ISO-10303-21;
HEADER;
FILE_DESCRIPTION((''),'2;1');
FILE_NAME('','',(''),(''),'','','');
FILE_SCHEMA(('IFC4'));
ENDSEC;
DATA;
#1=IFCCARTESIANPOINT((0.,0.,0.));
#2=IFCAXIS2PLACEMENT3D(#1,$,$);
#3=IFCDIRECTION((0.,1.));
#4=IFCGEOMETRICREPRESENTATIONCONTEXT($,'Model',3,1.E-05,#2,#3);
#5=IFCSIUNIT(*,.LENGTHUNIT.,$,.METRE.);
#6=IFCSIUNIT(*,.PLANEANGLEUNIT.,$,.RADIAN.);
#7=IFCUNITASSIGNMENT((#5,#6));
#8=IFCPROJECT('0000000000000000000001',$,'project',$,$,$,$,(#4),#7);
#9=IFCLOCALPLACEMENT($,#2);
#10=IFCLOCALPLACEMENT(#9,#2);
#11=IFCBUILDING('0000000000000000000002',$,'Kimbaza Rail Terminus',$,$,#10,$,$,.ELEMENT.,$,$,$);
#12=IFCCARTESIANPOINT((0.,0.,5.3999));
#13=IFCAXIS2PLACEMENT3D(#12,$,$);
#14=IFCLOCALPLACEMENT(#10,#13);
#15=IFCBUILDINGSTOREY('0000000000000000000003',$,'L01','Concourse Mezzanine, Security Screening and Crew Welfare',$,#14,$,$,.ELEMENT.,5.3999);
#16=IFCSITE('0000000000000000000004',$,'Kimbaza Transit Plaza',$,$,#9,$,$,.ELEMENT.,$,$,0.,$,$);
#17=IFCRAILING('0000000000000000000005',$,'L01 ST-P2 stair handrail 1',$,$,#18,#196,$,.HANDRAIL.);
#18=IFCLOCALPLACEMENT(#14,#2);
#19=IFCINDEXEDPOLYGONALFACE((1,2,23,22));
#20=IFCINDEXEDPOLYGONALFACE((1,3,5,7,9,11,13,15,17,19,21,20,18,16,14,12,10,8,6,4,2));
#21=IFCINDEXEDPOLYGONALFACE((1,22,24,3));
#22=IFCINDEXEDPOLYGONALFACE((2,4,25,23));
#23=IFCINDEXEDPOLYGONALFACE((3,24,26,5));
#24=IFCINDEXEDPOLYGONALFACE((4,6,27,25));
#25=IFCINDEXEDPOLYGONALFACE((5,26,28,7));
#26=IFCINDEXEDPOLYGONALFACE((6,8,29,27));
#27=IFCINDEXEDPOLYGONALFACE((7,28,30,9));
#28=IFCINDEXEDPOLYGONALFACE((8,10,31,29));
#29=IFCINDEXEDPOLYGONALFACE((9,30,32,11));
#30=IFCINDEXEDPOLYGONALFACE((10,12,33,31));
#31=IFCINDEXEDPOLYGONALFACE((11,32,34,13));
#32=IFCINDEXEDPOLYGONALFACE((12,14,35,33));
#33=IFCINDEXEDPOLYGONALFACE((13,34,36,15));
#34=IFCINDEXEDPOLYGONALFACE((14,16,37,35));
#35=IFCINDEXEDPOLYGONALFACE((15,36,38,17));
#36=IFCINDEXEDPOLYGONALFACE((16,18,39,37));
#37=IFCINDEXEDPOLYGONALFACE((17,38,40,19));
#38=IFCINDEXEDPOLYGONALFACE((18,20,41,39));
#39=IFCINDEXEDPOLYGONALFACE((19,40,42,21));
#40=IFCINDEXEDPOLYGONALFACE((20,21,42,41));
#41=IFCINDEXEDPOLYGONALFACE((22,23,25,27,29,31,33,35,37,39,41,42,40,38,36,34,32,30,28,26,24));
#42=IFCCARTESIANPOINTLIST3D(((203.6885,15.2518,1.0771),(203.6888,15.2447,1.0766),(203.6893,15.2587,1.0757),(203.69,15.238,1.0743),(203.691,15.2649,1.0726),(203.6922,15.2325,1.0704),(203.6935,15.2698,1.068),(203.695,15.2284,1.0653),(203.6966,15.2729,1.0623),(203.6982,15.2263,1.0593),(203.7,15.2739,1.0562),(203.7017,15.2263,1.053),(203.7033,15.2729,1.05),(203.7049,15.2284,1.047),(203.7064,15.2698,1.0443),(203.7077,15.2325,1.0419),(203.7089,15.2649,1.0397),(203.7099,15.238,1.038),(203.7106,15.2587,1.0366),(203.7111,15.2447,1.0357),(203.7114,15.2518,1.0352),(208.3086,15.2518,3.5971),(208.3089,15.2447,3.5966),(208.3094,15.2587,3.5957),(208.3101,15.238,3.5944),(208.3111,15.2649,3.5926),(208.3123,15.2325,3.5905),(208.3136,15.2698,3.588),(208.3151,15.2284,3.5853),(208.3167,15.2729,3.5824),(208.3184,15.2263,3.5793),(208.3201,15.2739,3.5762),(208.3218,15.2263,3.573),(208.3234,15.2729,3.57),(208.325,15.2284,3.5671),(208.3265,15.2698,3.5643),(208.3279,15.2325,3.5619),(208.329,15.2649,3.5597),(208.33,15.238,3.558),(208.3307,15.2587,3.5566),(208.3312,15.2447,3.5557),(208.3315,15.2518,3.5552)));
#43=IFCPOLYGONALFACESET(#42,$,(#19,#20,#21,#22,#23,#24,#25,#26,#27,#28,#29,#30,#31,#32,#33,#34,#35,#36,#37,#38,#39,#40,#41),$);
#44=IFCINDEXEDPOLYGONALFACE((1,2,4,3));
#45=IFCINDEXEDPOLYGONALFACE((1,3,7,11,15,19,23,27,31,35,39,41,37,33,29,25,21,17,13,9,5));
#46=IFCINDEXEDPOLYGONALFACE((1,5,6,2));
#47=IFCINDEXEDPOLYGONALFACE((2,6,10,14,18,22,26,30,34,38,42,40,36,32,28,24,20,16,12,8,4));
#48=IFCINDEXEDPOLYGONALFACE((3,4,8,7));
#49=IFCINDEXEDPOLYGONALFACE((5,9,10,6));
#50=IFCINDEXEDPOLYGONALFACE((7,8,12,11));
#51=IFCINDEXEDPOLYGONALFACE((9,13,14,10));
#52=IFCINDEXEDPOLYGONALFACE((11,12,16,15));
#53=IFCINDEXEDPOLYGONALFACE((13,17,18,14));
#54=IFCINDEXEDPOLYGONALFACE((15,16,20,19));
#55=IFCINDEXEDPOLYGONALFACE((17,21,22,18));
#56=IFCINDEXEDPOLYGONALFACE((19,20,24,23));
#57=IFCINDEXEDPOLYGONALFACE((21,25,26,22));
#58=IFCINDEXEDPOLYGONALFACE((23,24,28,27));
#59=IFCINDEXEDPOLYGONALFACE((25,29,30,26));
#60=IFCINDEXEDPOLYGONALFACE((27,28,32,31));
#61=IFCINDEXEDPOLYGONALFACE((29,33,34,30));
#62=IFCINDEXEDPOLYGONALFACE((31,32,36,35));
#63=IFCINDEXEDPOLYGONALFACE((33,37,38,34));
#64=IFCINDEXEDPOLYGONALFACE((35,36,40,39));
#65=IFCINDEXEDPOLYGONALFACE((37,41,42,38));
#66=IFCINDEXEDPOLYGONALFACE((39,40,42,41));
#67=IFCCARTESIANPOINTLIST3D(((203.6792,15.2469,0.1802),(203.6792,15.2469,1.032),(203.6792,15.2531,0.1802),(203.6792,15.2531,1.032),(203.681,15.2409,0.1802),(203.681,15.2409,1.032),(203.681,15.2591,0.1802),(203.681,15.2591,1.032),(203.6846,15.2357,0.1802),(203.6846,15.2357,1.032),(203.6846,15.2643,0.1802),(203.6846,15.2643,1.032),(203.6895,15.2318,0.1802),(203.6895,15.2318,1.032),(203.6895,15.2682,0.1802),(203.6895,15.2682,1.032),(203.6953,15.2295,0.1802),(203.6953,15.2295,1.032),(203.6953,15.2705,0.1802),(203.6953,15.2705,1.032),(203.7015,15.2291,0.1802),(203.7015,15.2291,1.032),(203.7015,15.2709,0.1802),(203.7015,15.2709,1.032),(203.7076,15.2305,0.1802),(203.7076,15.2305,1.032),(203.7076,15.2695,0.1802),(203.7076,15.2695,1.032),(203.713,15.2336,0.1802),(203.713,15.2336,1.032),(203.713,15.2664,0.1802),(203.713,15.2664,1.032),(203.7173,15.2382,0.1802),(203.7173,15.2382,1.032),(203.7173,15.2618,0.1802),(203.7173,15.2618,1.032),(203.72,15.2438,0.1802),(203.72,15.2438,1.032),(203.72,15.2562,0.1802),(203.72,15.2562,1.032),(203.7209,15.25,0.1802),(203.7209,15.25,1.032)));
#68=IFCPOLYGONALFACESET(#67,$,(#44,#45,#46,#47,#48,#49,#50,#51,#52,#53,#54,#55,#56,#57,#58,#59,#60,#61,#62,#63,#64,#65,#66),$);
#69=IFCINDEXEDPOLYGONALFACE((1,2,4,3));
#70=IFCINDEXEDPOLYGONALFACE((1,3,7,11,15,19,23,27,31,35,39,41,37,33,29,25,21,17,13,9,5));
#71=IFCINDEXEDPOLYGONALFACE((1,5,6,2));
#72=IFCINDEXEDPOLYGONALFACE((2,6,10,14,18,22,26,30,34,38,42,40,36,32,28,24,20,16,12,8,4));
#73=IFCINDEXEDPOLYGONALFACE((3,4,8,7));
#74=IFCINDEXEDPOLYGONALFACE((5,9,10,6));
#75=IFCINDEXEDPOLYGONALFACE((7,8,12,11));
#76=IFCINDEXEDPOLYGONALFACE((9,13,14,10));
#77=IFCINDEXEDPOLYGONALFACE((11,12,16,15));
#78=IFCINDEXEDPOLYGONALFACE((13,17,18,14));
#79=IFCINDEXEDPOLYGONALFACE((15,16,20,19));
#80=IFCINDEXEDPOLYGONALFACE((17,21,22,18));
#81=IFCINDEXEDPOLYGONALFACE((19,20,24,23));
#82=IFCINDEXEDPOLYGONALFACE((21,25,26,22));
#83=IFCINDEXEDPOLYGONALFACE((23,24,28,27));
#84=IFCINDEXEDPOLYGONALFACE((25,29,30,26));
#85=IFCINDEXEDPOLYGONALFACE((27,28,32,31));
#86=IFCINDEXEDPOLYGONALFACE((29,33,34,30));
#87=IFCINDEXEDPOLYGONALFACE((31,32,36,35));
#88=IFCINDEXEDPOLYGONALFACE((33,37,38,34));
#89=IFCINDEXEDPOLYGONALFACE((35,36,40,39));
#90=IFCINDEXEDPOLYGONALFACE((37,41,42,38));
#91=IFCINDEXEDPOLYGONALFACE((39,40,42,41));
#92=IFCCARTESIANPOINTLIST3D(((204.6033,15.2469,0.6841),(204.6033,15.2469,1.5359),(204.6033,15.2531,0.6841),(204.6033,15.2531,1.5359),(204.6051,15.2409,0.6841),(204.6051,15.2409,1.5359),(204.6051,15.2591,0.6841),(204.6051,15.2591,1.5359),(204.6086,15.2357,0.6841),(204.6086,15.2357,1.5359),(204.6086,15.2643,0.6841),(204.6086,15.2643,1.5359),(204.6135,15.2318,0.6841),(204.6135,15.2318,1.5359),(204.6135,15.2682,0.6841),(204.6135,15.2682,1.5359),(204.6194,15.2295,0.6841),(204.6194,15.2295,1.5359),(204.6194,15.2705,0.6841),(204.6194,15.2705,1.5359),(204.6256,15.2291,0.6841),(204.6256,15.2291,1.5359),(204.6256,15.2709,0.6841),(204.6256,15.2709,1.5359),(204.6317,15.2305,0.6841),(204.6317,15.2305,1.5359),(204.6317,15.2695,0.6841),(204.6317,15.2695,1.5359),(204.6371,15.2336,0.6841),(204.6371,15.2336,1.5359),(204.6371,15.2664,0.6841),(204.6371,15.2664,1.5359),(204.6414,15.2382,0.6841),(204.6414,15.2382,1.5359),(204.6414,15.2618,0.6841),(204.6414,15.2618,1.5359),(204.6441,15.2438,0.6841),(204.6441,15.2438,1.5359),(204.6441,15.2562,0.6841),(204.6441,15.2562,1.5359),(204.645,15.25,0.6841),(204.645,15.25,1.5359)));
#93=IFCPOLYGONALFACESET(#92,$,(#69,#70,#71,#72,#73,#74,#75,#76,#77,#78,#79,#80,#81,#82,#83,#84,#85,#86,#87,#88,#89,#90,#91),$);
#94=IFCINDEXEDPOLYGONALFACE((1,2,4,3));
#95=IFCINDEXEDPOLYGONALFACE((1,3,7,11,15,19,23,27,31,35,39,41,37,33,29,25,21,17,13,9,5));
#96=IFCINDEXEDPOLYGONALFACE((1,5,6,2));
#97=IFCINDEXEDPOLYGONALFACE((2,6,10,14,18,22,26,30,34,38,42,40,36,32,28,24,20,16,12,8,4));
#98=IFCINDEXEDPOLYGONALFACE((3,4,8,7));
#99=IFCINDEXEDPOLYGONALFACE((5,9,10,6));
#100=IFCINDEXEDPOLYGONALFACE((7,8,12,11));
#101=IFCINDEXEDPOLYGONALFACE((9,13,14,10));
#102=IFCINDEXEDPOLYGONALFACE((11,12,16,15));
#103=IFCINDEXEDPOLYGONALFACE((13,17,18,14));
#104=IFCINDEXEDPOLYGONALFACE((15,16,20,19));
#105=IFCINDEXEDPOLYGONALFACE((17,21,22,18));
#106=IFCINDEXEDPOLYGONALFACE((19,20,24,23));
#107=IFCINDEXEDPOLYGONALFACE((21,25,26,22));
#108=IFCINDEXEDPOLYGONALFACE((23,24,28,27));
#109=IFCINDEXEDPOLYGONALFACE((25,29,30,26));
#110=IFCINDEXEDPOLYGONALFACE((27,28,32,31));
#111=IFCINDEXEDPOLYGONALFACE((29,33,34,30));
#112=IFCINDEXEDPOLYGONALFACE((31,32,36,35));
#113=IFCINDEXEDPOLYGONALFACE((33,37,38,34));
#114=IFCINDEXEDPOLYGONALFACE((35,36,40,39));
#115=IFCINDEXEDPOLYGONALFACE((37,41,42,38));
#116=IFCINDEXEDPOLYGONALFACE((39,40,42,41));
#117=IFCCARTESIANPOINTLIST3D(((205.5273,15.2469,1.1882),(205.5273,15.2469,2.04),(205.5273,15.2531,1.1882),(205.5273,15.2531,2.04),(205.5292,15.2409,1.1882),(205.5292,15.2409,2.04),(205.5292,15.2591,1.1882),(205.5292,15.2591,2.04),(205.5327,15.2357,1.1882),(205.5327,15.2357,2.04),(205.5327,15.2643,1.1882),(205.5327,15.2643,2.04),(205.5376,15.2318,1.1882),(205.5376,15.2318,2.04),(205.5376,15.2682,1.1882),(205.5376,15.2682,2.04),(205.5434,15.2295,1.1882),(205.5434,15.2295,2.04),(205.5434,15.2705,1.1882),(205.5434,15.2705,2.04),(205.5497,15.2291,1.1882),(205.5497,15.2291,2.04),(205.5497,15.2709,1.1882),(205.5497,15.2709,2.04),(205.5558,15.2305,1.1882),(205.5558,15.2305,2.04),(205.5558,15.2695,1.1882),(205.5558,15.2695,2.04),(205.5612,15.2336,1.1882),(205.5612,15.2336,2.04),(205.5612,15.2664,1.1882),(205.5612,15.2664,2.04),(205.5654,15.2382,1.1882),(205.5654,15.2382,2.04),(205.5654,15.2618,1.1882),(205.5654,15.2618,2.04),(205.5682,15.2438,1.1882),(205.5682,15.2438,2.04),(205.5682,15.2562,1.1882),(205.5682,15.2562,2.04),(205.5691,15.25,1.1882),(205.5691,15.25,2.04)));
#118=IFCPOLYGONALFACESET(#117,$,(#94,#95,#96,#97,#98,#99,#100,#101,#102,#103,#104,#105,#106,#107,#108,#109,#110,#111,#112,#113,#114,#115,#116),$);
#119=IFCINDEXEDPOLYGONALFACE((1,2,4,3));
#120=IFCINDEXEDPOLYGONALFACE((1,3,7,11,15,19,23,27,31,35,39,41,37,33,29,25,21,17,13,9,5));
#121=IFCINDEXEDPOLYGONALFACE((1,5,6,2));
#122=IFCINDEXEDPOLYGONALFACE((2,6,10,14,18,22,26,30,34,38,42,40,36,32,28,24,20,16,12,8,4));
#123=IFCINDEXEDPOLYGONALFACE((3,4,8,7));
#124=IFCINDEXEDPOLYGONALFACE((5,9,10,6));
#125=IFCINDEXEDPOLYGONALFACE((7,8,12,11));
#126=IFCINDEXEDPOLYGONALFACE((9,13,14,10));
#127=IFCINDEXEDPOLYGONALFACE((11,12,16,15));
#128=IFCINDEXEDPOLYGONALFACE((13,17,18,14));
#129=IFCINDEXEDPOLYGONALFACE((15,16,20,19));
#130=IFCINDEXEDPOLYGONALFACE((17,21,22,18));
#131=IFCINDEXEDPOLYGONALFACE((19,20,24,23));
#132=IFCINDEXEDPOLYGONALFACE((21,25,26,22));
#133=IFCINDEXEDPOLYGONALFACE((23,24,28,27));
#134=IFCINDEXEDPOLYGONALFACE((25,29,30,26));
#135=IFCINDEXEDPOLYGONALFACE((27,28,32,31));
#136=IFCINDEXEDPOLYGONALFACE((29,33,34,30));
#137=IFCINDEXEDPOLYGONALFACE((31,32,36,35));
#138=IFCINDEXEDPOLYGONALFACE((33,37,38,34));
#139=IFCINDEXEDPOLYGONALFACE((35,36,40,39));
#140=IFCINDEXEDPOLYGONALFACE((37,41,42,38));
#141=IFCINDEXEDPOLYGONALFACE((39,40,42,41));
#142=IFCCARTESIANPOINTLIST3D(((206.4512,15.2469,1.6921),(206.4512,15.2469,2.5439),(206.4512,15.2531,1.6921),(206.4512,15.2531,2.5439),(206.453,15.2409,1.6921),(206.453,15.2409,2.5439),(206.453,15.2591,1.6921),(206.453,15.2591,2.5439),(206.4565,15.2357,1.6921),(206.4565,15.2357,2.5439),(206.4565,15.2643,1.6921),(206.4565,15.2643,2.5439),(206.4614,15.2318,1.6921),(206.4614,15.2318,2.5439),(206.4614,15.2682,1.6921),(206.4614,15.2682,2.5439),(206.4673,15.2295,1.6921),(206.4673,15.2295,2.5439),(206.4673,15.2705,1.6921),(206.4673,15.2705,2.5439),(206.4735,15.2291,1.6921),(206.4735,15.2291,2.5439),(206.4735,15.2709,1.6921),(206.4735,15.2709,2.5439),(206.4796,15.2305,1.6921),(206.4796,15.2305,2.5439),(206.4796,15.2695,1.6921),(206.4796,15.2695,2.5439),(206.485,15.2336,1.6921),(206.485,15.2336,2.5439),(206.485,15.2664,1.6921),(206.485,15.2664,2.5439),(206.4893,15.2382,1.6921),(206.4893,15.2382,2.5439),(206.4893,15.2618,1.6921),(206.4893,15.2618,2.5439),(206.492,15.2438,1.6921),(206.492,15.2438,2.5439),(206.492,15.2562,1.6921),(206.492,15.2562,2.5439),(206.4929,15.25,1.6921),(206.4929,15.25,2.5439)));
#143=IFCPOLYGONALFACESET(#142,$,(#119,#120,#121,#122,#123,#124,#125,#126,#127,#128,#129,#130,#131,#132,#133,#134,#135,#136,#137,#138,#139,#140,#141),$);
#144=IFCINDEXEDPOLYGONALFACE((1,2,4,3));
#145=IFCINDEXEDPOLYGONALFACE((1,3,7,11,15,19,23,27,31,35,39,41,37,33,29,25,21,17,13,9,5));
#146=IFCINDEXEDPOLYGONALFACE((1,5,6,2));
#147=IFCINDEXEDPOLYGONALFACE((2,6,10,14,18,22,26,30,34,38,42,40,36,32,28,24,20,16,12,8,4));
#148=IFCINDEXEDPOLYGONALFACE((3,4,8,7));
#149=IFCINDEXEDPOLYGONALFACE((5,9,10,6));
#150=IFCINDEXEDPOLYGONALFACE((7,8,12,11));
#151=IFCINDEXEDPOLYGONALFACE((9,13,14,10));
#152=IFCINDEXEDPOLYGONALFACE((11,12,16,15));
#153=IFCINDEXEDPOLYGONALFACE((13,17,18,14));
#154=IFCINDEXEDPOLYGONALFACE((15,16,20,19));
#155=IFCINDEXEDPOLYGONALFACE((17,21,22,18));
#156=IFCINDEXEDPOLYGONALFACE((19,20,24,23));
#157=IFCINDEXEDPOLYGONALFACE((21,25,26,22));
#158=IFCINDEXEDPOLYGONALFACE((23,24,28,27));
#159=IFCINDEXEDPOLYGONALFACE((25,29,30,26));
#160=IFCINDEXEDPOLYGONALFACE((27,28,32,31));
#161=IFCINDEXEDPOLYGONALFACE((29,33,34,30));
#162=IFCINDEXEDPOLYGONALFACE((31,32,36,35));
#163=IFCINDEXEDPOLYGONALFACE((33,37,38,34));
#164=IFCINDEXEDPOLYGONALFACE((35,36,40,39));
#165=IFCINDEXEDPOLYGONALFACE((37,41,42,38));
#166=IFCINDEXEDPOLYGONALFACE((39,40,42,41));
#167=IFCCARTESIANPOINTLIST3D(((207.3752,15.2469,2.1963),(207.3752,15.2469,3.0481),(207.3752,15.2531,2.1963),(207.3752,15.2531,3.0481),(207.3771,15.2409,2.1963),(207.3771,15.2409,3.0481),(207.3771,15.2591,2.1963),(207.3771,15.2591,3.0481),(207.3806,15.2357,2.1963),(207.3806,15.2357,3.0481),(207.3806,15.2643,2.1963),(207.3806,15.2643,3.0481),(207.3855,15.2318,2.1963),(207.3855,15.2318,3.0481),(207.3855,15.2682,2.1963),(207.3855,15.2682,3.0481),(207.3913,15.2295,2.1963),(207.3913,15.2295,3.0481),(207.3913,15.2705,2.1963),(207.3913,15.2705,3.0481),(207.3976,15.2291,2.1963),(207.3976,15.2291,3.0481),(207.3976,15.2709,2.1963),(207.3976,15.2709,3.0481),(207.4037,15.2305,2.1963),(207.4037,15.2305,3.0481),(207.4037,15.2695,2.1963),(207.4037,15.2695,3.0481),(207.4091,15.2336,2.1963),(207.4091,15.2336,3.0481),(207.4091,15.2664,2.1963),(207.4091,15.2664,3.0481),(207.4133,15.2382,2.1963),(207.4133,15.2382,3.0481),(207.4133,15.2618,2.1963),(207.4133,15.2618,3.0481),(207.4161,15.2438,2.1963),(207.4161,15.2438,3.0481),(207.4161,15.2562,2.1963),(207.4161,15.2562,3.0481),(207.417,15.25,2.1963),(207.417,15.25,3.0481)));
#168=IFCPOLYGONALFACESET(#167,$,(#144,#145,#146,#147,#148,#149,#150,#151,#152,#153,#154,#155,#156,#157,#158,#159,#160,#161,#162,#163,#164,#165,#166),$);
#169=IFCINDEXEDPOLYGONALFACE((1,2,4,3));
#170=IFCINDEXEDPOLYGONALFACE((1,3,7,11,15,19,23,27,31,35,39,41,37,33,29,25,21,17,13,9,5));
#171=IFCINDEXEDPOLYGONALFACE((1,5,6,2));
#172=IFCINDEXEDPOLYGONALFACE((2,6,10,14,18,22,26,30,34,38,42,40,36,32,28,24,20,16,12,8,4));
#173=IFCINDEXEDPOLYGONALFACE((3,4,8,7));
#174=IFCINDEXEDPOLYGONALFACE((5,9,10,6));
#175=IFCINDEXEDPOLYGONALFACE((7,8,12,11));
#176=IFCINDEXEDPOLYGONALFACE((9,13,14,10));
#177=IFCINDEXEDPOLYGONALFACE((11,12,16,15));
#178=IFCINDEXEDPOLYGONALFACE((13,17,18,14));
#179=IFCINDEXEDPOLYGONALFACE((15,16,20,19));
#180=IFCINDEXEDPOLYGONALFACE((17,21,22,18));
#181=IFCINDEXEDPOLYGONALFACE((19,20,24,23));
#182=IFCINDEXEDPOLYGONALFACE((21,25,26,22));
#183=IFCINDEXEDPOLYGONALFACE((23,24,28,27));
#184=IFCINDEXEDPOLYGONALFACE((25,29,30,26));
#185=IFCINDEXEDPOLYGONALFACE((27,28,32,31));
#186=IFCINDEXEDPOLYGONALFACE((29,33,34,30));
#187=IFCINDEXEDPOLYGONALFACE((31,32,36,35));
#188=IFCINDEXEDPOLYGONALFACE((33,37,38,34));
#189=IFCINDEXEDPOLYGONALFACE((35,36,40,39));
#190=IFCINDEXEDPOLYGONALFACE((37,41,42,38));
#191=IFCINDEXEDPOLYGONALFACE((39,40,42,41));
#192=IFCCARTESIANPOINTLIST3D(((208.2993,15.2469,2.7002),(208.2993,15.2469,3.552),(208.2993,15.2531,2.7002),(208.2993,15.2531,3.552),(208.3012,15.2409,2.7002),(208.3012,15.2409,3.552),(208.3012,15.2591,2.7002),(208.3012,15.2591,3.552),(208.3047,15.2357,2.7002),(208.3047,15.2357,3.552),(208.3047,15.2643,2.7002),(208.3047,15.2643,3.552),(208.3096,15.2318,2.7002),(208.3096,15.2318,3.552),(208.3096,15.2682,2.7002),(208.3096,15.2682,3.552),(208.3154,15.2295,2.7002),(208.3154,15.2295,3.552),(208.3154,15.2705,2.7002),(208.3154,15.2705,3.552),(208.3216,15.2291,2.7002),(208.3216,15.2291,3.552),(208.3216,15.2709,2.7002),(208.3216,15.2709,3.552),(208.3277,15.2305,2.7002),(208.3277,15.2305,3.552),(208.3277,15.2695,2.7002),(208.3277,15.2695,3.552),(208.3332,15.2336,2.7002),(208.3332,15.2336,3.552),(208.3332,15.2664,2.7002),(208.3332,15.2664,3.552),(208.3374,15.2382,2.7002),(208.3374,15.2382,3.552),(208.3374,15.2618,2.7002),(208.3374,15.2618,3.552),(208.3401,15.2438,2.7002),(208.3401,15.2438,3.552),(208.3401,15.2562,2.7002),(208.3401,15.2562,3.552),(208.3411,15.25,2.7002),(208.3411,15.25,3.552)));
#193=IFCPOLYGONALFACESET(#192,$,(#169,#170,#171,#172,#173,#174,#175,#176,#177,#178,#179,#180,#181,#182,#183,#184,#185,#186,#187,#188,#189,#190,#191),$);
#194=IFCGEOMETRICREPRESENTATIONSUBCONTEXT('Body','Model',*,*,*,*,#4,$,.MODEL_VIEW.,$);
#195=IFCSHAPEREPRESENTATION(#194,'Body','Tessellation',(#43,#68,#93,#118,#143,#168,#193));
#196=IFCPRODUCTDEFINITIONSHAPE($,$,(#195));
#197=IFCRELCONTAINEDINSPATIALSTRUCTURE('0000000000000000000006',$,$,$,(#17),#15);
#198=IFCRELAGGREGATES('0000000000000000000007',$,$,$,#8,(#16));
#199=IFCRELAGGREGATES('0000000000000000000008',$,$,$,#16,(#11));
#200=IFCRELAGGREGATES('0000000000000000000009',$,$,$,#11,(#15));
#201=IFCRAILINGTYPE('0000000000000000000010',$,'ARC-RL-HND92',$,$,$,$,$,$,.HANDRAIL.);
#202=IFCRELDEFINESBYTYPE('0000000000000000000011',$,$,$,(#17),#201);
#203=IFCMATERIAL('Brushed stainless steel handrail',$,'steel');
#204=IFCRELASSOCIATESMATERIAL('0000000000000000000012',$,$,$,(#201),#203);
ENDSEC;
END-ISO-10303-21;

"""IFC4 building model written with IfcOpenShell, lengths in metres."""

from ifc_helpers import new_model, si_unit, direction, frame, origin, origin_2d, place, context, subcontext, project, spatial, circle, extrude, material, type_object, element, save


model = new_model("IFC4")

# Units and contexts
model_context = context("Model", 3, precision=1e-05, world=origin(), true_north=direction((0.0, 1.0)))
body_context = subcontext(model_context, "Body", "Model", "MODEL_VIEW")
ifc_project = project(units=[si_unit("LENGTHUNIT", "METRE"), si_unit("PLANEANGLEUNIT", "RADIAN")], contexts=[model_context])

# Site, building, storey
site_placement = place(None, origin())
site = spatial("IfcSite", under=ifc_project, at=site_placement, Name="Kimbaza Transit Plaza", CompositionType="ELEMENT", RefElevation=0.0)
building_placement = place(site_placement, origin())
building = spatial("IfcBuilding", under=site, at=building_placement, Name="Kimbaza Rail Terminus", CompositionType="ELEMENT")
storey_placement = place(building_placement, frame((0.0, 0.0, 5.3999)))
storey = spatial("IfcBuildingStorey", under=building, at=storey_placement, Name="L01", Description="Concourse Mezzanine, Security Screening and Crew Welfare", CompositionType="ELEMENT", Elevation=5.3999)

# Railing
ifc_material_1 = material(Name="Brushed stainless steel handrail", Category="steel")
railing_type_1 = type_object("IfcRailingType", Name="ARC-RL-HND92", PredefinedType="HANDRAIL", material=ifc_material_1)
railing_1_placement = place(storey_placement, frame((203.7, 15.25, 0.1802)))
element("IfcRailing", 1, at=railing_1_placement, inside=storey, type_object=railing_type_1, Name="L01 ST-P2 stair handrail 1", PredefinedType="HANDRAIL", context=body_context, shape_type="SweptSolid", body=[
    extrude(circle(Radius=0.0239, at=origin_2d()), frame((0.0, 0.0, 0.876), z_axis=(0.877899, 0.0, 0.478846), x_axis=(0.0, 1.0, 0.0)), (0.0, 0.0, 1.0), 5.2627),
    extrude(circle(Radius=0.021, at=origin_2d()), origin(), (0.0, 0.0, 1.0), 0.8518),
    extrude(circle(Radius=0.021, at=origin_2d()), frame((0.9241, 0.0, 0.5039)), (0.0, 0.0, 1.0), 0.8518),
    extrude(circle(Radius=0.021, at=origin_2d()), frame((1.8481, 0.0, 1.0081)), (0.0, 0.0, 1.0), 0.8518),
    extrude(circle(Radius=0.021, at=origin_2d()), frame((2.772, 0.0, 1.512)), (0.0, 0.0, 1.0), 0.8518),
    extrude(circle(Radius=0.021, at=origin_2d()), frame((3.696, 0.0, 2.0161)), (0.0, 0.0, 1.0), 0.8518),
    extrude(circle(Radius=0.021, at=origin_2d()), frame((4.6201, 0.0, 2.52)), (0.0, 0.0, 1.0), 0.8518),
])

save(model, "model.ifc")
